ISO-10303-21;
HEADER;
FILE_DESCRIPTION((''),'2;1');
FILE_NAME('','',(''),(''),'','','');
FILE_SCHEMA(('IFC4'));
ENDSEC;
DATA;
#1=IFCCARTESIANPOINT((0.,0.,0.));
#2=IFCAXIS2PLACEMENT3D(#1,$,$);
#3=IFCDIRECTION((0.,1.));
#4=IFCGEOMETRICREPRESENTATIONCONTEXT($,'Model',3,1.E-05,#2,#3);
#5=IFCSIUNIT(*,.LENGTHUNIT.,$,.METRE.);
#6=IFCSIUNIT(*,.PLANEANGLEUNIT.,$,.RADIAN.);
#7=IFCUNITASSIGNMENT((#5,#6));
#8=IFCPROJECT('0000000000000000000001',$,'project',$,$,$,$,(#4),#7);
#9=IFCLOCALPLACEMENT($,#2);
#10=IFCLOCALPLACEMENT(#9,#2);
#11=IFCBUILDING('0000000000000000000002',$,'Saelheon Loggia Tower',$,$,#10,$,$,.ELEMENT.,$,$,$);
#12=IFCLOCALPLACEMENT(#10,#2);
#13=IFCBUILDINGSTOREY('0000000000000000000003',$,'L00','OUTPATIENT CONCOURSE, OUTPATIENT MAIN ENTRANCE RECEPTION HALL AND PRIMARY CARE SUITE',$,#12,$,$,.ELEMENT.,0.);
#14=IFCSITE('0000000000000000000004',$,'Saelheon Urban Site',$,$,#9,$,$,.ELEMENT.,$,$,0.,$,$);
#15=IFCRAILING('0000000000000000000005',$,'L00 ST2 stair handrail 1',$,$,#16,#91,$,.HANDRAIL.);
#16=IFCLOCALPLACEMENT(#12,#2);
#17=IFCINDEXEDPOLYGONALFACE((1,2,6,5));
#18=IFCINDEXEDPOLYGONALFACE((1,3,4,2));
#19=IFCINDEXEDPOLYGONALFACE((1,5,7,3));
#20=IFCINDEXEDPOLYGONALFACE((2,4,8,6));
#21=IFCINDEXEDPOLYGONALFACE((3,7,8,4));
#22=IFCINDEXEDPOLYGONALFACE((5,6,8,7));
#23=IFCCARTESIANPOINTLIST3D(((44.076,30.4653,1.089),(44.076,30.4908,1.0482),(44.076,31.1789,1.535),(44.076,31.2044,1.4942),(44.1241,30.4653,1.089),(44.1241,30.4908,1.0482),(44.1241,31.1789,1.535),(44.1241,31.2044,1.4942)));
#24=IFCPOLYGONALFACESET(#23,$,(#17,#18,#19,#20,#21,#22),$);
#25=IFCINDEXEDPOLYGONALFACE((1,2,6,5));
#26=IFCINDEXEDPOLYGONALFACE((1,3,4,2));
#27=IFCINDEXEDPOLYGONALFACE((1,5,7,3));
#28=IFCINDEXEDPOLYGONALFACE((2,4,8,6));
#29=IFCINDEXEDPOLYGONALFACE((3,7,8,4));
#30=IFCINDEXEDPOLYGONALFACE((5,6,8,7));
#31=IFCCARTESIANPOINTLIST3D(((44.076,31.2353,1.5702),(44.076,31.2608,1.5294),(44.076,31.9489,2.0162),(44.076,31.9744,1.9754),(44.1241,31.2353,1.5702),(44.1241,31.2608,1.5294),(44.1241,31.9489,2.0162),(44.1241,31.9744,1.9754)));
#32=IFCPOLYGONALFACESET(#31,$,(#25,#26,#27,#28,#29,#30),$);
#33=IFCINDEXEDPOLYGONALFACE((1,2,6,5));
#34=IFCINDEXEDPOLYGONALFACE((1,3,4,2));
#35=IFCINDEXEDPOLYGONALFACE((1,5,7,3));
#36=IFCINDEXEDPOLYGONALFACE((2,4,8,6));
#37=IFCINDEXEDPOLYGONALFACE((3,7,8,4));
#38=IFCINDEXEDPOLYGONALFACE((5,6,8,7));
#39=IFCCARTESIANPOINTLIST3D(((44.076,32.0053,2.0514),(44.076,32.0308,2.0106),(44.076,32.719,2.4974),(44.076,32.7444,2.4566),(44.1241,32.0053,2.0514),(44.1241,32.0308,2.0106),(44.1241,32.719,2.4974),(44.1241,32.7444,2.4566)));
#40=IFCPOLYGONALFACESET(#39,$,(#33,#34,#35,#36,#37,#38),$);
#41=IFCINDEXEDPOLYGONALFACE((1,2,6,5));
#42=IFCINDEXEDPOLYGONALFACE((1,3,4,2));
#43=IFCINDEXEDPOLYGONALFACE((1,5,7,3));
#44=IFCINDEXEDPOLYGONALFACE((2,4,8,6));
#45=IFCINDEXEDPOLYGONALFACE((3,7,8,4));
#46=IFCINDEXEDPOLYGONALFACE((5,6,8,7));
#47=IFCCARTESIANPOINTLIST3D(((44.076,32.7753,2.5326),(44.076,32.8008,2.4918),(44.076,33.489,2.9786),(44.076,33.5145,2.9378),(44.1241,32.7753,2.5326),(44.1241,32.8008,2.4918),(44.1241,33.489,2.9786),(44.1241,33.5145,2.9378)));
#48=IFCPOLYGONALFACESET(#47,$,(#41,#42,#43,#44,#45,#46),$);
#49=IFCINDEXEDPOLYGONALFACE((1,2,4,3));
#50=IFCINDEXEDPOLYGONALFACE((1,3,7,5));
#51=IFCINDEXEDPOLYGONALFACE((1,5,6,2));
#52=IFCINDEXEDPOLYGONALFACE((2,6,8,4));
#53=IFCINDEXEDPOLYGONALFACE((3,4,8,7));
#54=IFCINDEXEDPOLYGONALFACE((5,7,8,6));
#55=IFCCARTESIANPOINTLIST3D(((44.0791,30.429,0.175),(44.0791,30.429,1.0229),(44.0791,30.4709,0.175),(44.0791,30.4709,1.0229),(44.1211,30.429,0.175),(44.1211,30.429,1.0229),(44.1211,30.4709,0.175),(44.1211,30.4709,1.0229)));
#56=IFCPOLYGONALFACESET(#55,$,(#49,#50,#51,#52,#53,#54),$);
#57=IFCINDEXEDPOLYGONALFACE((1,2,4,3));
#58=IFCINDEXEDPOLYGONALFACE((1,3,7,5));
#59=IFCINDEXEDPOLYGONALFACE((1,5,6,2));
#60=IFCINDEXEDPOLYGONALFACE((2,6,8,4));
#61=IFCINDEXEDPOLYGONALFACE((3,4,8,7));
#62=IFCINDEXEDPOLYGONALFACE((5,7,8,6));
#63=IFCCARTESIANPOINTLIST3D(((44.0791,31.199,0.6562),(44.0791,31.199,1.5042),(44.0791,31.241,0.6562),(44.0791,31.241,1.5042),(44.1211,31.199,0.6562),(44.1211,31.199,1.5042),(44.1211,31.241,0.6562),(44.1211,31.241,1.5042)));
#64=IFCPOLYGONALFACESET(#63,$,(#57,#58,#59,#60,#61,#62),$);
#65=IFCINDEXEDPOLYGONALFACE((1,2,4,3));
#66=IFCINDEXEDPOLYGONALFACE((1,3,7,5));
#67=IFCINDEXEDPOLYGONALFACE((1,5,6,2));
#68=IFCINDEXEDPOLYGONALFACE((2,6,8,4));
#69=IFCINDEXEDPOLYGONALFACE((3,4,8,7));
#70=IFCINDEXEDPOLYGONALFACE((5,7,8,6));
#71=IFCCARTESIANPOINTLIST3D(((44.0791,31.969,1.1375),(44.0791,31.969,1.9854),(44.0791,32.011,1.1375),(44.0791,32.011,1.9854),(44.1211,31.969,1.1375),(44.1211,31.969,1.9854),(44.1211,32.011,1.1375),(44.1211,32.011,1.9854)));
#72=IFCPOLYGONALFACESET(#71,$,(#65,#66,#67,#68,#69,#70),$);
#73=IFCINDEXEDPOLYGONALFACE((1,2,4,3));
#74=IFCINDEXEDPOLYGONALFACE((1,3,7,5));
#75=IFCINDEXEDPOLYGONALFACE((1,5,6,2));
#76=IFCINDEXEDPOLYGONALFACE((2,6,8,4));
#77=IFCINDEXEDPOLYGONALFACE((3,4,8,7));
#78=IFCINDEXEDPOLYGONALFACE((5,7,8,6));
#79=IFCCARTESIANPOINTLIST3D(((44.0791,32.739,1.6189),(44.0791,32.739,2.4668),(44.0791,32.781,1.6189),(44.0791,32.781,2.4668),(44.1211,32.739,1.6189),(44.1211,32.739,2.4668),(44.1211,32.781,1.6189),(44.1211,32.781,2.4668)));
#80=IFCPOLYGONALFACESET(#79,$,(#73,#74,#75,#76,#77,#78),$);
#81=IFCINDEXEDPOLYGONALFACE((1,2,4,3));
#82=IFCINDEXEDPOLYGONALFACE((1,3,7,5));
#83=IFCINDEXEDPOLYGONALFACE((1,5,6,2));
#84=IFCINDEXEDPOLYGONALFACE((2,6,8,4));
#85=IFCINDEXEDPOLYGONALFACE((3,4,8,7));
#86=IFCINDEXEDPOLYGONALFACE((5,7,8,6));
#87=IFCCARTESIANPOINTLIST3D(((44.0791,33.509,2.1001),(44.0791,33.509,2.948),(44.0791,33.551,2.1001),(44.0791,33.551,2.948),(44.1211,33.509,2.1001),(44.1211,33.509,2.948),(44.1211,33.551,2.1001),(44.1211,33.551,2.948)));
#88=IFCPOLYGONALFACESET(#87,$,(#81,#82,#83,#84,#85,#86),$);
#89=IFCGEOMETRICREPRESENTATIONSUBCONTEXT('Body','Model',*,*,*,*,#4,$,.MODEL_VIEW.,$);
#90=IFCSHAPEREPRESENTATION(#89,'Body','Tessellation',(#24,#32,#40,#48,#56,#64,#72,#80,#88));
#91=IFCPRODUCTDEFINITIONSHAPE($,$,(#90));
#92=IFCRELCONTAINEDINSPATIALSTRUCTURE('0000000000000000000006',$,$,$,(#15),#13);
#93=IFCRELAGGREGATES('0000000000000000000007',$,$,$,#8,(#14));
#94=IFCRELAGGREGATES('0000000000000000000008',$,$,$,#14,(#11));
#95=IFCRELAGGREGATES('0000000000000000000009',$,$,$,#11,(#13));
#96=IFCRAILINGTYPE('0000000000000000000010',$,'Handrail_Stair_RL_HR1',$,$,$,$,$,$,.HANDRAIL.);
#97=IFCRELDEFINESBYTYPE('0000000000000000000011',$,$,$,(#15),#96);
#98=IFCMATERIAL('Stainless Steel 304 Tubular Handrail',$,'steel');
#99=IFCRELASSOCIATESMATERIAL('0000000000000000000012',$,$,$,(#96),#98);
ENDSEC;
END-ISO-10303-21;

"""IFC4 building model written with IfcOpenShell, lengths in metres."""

from ifc_helpers import new_model, si_unit, direction, frame, origin, origin_2d, place, context, subcontext, project, spatial, rectangle, extrude, material, type_object, element, save


model = new_model("IFC4")

# Units and contexts
model_context = context("Model", 3, precision=1e-05, world=origin(), true_north=direction((0.0, 1.0)))
body_context = subcontext(model_context, "Body", "Model", "MODEL_VIEW")
ifc_project = project(units=[si_unit("LENGTHUNIT", "METRE"), si_unit("PLANEANGLEUNIT", "RADIAN")], contexts=[model_context])

# Site, building, storey
site_placement = place(None, origin())
site = spatial("IfcSite", under=ifc_project, at=site_placement, Name="Saelheon Urban Site", CompositionType="ELEMENT", RefElevation=0.0)
building_placement = place(site_placement, origin())
building = spatial("IfcBuilding", under=site, at=building_placement, Name="Saelheon Loggia Tower", CompositionType="ELEMENT")
storey_placement = place(building_placement, origin())
storey = spatial("IfcBuildingStorey", under=building, at=storey_placement, Name="L00", Description="OUTPATIENT CONCOURSE, OUTPATIENT MAIN ENTRANCE RECEPTION HALL AND PRIMARY CARE SUITE", CompositionType="ELEMENT", Elevation=0.0)

# Railing
ifc_material_1 = material(Name="Stainless Steel 304 Tubular Handrail", Category="steel")
railing_type_1 = type_object("IfcRailingType", Name="Handrail_Stair_RL_HR1", PredefinedType="HANDRAIL", material=ifc_material_1)
railing_1_placement = place(storey_placement, frame((44.1001, 30.45, 0.175)))
element("IfcRailing", 1, at=railing_1_placement, inside=storey, type_object=railing_type_1, Name="L00 ST2 stair handrail 1", PredefinedType="HANDRAIL", context=body_context, shape_type="SweptSolid", body=[
    extrude(rectangle(XDim=0.0481, YDim=0.0481, at=origin_2d()), frame((0.0, 0.0281, 0.8936), z_axis=(0.0, 0.847998, 0.529999), x_axis=(-1.0, 0.0, 0.0)), (0.0, 0.0, 1.0), 0.8416),
    extrude(rectangle(XDim=0.0481, YDim=0.0481, at=origin_2d()), frame((0.0, 0.7981, 1.3748), z_axis=(0.0, 0.847998, 0.529999), x_axis=(-1.0, 0.0, 0.0)), (0.0, 0.0, 1.0), 0.8416),
    extrude(rectangle(XDim=0.0481, YDim=0.0481, at=origin_2d()), frame((0.0, 1.5681, 1.856), z_axis=(0.0, 0.847998, 0.529999), x_axis=(-1.0, 0.0, 0.0)), (0.0, 0.0, 1.0), 0.8416),
    extrude(rectangle(XDim=0.0481, YDim=0.0481, at=origin_2d()), frame((0.0, 2.3381, 2.3372), z_axis=(0.0, 0.847998, 0.529999), x_axis=(-1.0, 0.0, 0.0)), (0.0, 0.0, 1.0), 0.8416),
    extrude(rectangle(XDim=0.042, YDim=0.042, at=origin_2d()), origin(), (0.0, 0.0, 1.0), 0.8479),
    extrude(rectangle(XDim=0.042, YDim=0.042, at=origin_2d()), frame((0.0, 0.77, 0.4812)), (0.0, 0.0, 1.0), 0.8479),
    extrude(rectangle(XDim=0.042, YDim=0.042, at=origin_2d()), frame((0.0, 1.54, 0.9624)), (0.0, 0.0, 1.0), 0.8479),
    extrude(rectangle(XDim=0.042, YDim=0.042, at=origin_2d()), frame((0.0, 2.3101, 1.4438)), (0.0, 0.0, 1.0), 0.8479),
    extrude(rectangle(XDim=0.042, YDim=0.042, at=origin_2d()), frame((0.0, 3.0801, 1.925)), (0.0, 0.0, 1.0), 0.8479),
])

save(model, "model.ifc")
